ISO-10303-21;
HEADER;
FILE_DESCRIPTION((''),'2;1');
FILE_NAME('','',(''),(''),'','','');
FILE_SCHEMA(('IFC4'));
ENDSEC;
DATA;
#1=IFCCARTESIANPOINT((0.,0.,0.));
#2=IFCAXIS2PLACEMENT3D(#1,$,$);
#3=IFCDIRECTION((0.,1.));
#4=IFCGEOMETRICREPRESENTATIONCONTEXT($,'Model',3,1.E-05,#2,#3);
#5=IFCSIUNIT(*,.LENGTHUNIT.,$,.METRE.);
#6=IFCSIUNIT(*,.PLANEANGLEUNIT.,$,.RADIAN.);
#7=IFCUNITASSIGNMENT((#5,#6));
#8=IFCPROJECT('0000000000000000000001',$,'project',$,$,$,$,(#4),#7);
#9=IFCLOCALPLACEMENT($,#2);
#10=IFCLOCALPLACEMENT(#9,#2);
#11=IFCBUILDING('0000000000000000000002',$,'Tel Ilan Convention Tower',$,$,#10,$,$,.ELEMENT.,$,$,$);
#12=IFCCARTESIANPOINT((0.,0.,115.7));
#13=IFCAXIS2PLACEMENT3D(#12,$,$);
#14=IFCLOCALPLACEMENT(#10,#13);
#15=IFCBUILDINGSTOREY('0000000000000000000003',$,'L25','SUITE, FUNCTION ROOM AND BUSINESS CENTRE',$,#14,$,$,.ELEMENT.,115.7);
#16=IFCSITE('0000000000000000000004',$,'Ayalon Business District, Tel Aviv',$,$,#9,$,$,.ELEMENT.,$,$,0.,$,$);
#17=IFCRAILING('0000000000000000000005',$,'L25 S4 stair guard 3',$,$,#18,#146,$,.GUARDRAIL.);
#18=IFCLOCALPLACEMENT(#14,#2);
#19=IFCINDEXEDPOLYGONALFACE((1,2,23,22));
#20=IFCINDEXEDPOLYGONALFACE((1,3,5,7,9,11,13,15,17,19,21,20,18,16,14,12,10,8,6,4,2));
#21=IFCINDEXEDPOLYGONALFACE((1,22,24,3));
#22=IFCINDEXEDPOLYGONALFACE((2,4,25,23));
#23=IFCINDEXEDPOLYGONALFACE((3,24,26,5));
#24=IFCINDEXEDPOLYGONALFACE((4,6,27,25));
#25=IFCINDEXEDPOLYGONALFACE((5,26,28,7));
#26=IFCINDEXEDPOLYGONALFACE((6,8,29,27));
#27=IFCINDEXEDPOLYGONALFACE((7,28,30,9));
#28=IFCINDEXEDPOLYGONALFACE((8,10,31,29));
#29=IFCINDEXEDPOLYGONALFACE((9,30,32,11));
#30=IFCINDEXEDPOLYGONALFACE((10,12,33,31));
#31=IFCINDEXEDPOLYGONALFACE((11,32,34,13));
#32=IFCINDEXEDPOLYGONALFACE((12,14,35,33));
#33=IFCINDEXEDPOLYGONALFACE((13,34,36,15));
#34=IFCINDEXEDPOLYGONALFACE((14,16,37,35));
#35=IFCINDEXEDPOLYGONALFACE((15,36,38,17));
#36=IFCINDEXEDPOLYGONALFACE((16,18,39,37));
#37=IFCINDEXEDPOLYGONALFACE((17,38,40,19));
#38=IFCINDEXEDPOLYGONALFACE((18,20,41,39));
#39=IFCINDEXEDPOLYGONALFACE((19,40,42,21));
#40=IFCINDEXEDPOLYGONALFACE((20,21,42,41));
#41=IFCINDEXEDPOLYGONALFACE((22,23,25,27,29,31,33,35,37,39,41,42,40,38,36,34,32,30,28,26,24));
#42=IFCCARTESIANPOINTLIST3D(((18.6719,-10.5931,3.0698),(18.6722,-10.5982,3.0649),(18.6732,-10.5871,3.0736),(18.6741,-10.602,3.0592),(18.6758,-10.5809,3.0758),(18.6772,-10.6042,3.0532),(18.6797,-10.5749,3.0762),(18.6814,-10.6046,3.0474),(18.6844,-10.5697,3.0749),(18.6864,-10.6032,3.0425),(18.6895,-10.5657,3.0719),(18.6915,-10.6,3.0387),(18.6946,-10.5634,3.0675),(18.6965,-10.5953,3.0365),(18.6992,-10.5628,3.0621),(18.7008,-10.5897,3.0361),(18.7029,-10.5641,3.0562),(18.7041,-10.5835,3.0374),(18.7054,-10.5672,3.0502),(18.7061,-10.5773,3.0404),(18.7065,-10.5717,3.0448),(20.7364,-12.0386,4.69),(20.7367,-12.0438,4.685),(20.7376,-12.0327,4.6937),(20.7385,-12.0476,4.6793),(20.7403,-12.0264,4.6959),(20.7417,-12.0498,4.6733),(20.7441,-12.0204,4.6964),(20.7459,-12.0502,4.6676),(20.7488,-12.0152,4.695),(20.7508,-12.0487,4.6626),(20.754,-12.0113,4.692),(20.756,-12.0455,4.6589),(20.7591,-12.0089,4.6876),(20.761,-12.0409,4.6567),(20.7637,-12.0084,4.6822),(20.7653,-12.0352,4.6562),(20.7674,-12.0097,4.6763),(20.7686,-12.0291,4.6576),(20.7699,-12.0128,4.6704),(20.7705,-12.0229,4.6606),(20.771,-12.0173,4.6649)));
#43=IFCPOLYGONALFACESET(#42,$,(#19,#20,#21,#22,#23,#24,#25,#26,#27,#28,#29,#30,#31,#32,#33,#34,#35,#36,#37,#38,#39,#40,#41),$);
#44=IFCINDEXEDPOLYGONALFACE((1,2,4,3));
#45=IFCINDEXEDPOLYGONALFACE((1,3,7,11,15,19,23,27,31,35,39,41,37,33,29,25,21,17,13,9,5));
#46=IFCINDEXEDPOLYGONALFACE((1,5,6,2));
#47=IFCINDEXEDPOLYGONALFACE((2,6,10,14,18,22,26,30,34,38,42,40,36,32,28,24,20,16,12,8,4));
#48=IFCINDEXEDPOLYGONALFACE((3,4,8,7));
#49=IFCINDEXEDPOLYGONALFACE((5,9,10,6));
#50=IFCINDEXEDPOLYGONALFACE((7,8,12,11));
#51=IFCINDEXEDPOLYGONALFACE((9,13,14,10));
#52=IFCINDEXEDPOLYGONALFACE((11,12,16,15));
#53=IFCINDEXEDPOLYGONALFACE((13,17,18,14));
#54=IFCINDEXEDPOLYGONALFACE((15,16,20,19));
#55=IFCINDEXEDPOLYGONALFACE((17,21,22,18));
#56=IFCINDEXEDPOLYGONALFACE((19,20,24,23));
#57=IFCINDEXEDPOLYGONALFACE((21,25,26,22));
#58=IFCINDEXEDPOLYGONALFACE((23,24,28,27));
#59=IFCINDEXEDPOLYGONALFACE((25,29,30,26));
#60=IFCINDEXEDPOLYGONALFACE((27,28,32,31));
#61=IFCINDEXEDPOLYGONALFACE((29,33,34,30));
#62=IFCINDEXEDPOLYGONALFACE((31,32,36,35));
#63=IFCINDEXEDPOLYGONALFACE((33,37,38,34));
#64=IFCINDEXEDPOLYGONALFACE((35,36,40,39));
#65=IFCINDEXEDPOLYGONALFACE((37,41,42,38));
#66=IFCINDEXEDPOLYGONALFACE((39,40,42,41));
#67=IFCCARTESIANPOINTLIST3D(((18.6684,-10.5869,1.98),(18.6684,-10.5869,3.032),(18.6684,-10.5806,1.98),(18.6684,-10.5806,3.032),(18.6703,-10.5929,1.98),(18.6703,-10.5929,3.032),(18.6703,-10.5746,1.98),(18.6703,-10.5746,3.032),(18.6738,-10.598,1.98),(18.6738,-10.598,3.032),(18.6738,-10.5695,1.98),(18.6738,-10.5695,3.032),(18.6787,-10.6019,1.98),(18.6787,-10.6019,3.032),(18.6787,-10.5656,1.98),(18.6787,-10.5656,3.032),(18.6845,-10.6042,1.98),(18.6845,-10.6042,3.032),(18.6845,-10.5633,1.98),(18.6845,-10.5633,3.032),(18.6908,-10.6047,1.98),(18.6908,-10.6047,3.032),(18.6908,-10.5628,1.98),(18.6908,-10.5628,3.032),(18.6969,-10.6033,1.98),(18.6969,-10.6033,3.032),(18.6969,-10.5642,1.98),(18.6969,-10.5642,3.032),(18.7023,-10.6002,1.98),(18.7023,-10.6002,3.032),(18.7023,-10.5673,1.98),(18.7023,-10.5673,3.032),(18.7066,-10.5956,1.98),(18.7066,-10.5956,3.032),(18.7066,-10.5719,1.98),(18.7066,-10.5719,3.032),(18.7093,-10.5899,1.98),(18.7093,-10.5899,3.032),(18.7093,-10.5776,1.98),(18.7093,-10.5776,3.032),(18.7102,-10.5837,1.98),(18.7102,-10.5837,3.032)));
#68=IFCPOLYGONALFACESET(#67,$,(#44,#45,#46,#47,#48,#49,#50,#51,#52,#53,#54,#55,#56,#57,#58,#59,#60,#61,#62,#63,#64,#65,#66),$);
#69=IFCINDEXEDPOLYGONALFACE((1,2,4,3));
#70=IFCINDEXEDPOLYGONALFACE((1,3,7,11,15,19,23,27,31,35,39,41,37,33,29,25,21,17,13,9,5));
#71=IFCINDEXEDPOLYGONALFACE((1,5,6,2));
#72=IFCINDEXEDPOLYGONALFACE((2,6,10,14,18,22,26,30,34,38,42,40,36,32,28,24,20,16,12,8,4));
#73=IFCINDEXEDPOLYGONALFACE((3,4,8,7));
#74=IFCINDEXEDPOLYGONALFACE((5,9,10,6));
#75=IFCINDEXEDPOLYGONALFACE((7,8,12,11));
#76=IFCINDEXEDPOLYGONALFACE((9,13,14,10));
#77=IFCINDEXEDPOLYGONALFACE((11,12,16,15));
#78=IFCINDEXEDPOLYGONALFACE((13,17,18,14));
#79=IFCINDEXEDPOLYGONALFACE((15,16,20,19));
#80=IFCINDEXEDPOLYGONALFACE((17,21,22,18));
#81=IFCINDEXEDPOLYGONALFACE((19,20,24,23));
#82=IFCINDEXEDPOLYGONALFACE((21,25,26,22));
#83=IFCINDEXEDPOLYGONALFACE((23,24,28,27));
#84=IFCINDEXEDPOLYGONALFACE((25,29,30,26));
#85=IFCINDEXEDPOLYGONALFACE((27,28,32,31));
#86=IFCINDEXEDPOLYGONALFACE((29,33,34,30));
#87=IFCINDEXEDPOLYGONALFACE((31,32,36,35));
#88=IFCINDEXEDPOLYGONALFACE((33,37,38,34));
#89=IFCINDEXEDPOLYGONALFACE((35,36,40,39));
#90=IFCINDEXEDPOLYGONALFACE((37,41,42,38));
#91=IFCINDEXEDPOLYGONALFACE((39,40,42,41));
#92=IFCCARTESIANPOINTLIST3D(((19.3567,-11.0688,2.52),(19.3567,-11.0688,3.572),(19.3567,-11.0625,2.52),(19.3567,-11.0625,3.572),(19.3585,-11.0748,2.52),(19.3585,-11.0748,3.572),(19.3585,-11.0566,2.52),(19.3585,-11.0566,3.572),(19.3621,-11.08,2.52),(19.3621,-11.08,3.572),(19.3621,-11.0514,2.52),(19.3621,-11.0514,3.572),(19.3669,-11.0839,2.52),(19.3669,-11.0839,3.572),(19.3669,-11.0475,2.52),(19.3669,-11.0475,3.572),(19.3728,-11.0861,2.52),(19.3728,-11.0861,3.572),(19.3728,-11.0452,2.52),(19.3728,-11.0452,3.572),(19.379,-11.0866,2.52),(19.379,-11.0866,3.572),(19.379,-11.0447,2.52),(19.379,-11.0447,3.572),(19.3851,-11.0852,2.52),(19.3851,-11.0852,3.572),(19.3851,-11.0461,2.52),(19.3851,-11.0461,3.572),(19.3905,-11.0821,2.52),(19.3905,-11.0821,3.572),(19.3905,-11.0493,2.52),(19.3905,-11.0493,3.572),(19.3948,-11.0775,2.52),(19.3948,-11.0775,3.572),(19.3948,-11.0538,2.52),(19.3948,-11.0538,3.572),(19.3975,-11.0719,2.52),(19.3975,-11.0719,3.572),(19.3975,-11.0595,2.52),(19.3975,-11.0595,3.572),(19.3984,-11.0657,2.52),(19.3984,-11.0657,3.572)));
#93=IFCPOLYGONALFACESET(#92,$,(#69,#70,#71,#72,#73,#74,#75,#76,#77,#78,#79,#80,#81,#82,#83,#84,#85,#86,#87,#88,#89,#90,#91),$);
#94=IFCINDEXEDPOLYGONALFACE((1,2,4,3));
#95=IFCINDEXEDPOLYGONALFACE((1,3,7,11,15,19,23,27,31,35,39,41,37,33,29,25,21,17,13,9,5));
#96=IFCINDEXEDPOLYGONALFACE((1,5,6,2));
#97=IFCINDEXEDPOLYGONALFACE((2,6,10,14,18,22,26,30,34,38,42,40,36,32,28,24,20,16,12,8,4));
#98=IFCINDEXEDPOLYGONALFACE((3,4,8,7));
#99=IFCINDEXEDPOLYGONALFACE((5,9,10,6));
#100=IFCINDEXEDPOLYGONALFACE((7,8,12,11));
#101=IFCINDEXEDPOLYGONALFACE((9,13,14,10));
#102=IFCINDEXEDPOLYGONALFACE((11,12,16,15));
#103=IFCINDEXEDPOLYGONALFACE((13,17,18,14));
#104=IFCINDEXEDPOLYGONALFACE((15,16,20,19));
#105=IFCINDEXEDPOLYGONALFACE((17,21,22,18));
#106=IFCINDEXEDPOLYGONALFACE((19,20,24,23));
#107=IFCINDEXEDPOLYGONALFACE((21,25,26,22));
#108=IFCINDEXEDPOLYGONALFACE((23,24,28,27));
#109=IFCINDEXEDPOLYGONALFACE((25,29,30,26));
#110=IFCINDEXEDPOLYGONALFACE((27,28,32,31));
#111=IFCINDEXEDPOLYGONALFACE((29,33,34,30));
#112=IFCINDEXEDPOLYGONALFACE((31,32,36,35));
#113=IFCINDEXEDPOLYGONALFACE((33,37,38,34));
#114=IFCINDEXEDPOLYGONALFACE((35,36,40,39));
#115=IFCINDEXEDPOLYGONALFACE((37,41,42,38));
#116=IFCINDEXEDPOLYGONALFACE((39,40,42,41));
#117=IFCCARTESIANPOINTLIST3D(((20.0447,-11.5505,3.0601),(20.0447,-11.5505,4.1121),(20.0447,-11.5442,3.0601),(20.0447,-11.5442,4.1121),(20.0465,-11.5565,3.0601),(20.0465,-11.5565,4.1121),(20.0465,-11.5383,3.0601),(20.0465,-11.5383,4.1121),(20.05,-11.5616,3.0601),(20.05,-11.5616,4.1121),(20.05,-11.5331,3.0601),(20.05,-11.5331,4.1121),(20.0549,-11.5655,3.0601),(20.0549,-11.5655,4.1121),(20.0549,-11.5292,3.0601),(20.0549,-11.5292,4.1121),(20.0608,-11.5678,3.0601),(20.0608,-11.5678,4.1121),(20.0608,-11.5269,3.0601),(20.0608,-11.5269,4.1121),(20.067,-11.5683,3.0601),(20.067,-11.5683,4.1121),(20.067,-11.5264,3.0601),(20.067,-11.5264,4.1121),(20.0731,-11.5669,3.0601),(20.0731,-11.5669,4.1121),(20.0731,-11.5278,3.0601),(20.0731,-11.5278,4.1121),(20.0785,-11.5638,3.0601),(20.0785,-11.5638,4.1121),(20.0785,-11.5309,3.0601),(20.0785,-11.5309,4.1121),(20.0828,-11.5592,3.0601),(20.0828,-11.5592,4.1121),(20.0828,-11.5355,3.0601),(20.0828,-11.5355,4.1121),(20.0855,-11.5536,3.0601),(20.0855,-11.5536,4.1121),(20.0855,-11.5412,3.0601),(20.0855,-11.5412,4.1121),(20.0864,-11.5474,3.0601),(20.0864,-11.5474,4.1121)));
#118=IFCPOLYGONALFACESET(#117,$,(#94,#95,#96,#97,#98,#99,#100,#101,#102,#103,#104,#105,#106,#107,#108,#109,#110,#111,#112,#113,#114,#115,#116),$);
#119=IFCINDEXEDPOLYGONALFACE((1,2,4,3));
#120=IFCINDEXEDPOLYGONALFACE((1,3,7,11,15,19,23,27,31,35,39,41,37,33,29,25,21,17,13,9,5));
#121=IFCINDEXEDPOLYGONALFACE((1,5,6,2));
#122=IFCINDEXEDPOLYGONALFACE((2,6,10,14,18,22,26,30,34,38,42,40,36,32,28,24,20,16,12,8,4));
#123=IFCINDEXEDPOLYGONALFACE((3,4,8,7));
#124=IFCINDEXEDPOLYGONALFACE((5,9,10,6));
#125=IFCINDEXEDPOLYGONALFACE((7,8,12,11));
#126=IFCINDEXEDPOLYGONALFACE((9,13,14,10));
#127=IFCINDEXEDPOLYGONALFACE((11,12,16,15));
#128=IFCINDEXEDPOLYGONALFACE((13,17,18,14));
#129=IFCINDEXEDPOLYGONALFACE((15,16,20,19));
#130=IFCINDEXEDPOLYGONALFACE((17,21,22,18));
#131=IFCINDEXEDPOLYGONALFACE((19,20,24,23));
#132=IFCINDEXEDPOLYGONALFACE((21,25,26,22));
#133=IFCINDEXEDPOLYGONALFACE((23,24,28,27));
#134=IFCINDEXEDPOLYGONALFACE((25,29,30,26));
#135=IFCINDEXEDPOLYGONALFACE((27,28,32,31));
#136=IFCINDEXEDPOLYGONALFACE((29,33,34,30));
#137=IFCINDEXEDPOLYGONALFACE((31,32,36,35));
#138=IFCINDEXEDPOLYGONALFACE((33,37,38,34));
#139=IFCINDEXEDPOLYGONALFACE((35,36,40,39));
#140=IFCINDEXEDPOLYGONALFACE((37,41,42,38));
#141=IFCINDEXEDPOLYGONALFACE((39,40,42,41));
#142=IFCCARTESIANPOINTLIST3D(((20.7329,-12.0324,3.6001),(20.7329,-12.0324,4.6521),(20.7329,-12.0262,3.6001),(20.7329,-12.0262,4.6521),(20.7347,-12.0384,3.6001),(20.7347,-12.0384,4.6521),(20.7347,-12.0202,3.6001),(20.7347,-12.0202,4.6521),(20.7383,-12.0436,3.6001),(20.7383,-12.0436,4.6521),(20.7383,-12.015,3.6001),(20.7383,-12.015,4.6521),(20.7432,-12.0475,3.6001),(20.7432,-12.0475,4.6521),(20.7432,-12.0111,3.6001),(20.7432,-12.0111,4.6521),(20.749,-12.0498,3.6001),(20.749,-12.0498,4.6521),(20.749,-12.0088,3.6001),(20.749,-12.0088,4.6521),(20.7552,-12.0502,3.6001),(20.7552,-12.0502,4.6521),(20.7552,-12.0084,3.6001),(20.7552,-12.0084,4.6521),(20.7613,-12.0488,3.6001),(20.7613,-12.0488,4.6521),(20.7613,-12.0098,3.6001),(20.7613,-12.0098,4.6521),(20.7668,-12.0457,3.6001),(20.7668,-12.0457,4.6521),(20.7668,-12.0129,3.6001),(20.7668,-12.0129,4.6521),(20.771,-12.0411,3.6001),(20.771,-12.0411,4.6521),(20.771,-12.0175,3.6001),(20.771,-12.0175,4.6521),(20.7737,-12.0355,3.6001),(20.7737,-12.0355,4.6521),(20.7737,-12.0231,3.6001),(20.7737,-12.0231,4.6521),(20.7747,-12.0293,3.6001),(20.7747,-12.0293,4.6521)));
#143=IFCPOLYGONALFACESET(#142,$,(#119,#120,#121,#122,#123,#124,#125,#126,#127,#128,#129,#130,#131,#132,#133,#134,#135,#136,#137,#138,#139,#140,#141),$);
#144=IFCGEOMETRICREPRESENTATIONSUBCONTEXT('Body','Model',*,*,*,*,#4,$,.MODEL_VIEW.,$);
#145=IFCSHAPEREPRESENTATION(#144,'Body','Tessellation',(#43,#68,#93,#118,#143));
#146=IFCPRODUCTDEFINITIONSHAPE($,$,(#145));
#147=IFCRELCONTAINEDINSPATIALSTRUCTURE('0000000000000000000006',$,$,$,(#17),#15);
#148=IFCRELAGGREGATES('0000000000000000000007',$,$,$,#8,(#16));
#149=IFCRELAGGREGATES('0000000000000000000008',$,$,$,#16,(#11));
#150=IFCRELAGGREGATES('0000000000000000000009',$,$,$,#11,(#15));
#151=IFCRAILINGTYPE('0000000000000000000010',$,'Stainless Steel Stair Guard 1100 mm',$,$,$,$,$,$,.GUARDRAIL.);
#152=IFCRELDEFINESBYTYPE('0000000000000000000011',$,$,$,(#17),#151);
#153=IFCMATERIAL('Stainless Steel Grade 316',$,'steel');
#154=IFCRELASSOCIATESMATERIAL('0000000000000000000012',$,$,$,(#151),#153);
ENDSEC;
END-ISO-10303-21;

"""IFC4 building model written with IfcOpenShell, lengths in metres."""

from ifc_helpers import new_model, si_unit, direction, frame, origin, origin_2d, place, context, subcontext, project, spatial, circle, extrude, material, type_object, element, save


model = new_model("IFC4")

# Units and contexts
model_context = context("Model", 3, precision=1e-05, world=origin(), true_north=direction((0.0, 1.0)))
body_context = subcontext(model_context, "Body", "Model", "MODEL_VIEW")
ifc_project = project(units=[si_unit("LENGTHUNIT", "METRE"), si_unit("PLANEANGLEUNIT", "RADIAN")], contexts=[model_context])

# Site, building, storey
site_placement = place(None, origin())
site = spatial("IfcSite", under=ifc_project, at=site_placement, Name="Ayalon Business District, Tel Aviv", CompositionType="ELEMENT", RefElevation=0.0)
building_placement = place(site_placement, origin())
building = spatial("IfcBuilding", under=site, at=building_placement, Name="Tel Ilan Convention Tower", CompositionType="ELEMENT")
storey_placement = place(building_placement, frame((0.0, 0.0, 115.7)))
storey = spatial("IfcBuildingStorey", under=building, at=storey_placement, Name="L25", Description="SUITE, FUNCTION ROOM AND BUSINESS CENTRE", CompositionType="ELEMENT", Elevation=115.7)

# Railing
ifc_material_1 = material(Name="Stainless Steel Grade 316", Category="steel")
railing_type_1 = type_object("IfcRailingType", Name="Stainless Steel Stair Guard 1100 mm", PredefinedType="GUARDRAIL", material=ifc_material_1)
railing_1_placement = place(storey_placement, frame((18.6892, -10.5837, 1.98)))
element("IfcRailing", 1, at=railing_1_placement, inside=storey, type_object=railing_type_1, Name="L25 S4 stair guard 3", PredefinedType="GUARDRAIL", context=body_context, shape_type="SweptSolid", body=[
    extrude(circle(Radius=0.0239, at=origin_2d()), frame((0.0, 0.0, 1.0762), z_axis=(0.689056, -0.482486, 0.540749), x_axis=(0.573579, 0.81915, 0.0)), (0.0, 0.0, 1.0), 2.9961),
    extrude(circle(Radius=0.021, at=origin_2d()), origin(), (0.0, 0.0, 1.0), 1.052),
    extrude(circle(Radius=0.021, at=origin_2d()), frame((0.6882, -0.4819, 0.54)), (0.0, 0.0, 1.0), 1.052),
    extrude(circle(Radius=0.021, at=origin_2d()), frame((1.3762, -0.9636, 1.0801)), (0.0, 0.0, 1.0), 1.052),
    extrude(circle(Radius=0.021, at=origin_2d()), frame((2.0645, -1.4456, 1.6201)), (0.0, 0.0, 1.0), 1.052),
])

save(model, "model.ifc")
